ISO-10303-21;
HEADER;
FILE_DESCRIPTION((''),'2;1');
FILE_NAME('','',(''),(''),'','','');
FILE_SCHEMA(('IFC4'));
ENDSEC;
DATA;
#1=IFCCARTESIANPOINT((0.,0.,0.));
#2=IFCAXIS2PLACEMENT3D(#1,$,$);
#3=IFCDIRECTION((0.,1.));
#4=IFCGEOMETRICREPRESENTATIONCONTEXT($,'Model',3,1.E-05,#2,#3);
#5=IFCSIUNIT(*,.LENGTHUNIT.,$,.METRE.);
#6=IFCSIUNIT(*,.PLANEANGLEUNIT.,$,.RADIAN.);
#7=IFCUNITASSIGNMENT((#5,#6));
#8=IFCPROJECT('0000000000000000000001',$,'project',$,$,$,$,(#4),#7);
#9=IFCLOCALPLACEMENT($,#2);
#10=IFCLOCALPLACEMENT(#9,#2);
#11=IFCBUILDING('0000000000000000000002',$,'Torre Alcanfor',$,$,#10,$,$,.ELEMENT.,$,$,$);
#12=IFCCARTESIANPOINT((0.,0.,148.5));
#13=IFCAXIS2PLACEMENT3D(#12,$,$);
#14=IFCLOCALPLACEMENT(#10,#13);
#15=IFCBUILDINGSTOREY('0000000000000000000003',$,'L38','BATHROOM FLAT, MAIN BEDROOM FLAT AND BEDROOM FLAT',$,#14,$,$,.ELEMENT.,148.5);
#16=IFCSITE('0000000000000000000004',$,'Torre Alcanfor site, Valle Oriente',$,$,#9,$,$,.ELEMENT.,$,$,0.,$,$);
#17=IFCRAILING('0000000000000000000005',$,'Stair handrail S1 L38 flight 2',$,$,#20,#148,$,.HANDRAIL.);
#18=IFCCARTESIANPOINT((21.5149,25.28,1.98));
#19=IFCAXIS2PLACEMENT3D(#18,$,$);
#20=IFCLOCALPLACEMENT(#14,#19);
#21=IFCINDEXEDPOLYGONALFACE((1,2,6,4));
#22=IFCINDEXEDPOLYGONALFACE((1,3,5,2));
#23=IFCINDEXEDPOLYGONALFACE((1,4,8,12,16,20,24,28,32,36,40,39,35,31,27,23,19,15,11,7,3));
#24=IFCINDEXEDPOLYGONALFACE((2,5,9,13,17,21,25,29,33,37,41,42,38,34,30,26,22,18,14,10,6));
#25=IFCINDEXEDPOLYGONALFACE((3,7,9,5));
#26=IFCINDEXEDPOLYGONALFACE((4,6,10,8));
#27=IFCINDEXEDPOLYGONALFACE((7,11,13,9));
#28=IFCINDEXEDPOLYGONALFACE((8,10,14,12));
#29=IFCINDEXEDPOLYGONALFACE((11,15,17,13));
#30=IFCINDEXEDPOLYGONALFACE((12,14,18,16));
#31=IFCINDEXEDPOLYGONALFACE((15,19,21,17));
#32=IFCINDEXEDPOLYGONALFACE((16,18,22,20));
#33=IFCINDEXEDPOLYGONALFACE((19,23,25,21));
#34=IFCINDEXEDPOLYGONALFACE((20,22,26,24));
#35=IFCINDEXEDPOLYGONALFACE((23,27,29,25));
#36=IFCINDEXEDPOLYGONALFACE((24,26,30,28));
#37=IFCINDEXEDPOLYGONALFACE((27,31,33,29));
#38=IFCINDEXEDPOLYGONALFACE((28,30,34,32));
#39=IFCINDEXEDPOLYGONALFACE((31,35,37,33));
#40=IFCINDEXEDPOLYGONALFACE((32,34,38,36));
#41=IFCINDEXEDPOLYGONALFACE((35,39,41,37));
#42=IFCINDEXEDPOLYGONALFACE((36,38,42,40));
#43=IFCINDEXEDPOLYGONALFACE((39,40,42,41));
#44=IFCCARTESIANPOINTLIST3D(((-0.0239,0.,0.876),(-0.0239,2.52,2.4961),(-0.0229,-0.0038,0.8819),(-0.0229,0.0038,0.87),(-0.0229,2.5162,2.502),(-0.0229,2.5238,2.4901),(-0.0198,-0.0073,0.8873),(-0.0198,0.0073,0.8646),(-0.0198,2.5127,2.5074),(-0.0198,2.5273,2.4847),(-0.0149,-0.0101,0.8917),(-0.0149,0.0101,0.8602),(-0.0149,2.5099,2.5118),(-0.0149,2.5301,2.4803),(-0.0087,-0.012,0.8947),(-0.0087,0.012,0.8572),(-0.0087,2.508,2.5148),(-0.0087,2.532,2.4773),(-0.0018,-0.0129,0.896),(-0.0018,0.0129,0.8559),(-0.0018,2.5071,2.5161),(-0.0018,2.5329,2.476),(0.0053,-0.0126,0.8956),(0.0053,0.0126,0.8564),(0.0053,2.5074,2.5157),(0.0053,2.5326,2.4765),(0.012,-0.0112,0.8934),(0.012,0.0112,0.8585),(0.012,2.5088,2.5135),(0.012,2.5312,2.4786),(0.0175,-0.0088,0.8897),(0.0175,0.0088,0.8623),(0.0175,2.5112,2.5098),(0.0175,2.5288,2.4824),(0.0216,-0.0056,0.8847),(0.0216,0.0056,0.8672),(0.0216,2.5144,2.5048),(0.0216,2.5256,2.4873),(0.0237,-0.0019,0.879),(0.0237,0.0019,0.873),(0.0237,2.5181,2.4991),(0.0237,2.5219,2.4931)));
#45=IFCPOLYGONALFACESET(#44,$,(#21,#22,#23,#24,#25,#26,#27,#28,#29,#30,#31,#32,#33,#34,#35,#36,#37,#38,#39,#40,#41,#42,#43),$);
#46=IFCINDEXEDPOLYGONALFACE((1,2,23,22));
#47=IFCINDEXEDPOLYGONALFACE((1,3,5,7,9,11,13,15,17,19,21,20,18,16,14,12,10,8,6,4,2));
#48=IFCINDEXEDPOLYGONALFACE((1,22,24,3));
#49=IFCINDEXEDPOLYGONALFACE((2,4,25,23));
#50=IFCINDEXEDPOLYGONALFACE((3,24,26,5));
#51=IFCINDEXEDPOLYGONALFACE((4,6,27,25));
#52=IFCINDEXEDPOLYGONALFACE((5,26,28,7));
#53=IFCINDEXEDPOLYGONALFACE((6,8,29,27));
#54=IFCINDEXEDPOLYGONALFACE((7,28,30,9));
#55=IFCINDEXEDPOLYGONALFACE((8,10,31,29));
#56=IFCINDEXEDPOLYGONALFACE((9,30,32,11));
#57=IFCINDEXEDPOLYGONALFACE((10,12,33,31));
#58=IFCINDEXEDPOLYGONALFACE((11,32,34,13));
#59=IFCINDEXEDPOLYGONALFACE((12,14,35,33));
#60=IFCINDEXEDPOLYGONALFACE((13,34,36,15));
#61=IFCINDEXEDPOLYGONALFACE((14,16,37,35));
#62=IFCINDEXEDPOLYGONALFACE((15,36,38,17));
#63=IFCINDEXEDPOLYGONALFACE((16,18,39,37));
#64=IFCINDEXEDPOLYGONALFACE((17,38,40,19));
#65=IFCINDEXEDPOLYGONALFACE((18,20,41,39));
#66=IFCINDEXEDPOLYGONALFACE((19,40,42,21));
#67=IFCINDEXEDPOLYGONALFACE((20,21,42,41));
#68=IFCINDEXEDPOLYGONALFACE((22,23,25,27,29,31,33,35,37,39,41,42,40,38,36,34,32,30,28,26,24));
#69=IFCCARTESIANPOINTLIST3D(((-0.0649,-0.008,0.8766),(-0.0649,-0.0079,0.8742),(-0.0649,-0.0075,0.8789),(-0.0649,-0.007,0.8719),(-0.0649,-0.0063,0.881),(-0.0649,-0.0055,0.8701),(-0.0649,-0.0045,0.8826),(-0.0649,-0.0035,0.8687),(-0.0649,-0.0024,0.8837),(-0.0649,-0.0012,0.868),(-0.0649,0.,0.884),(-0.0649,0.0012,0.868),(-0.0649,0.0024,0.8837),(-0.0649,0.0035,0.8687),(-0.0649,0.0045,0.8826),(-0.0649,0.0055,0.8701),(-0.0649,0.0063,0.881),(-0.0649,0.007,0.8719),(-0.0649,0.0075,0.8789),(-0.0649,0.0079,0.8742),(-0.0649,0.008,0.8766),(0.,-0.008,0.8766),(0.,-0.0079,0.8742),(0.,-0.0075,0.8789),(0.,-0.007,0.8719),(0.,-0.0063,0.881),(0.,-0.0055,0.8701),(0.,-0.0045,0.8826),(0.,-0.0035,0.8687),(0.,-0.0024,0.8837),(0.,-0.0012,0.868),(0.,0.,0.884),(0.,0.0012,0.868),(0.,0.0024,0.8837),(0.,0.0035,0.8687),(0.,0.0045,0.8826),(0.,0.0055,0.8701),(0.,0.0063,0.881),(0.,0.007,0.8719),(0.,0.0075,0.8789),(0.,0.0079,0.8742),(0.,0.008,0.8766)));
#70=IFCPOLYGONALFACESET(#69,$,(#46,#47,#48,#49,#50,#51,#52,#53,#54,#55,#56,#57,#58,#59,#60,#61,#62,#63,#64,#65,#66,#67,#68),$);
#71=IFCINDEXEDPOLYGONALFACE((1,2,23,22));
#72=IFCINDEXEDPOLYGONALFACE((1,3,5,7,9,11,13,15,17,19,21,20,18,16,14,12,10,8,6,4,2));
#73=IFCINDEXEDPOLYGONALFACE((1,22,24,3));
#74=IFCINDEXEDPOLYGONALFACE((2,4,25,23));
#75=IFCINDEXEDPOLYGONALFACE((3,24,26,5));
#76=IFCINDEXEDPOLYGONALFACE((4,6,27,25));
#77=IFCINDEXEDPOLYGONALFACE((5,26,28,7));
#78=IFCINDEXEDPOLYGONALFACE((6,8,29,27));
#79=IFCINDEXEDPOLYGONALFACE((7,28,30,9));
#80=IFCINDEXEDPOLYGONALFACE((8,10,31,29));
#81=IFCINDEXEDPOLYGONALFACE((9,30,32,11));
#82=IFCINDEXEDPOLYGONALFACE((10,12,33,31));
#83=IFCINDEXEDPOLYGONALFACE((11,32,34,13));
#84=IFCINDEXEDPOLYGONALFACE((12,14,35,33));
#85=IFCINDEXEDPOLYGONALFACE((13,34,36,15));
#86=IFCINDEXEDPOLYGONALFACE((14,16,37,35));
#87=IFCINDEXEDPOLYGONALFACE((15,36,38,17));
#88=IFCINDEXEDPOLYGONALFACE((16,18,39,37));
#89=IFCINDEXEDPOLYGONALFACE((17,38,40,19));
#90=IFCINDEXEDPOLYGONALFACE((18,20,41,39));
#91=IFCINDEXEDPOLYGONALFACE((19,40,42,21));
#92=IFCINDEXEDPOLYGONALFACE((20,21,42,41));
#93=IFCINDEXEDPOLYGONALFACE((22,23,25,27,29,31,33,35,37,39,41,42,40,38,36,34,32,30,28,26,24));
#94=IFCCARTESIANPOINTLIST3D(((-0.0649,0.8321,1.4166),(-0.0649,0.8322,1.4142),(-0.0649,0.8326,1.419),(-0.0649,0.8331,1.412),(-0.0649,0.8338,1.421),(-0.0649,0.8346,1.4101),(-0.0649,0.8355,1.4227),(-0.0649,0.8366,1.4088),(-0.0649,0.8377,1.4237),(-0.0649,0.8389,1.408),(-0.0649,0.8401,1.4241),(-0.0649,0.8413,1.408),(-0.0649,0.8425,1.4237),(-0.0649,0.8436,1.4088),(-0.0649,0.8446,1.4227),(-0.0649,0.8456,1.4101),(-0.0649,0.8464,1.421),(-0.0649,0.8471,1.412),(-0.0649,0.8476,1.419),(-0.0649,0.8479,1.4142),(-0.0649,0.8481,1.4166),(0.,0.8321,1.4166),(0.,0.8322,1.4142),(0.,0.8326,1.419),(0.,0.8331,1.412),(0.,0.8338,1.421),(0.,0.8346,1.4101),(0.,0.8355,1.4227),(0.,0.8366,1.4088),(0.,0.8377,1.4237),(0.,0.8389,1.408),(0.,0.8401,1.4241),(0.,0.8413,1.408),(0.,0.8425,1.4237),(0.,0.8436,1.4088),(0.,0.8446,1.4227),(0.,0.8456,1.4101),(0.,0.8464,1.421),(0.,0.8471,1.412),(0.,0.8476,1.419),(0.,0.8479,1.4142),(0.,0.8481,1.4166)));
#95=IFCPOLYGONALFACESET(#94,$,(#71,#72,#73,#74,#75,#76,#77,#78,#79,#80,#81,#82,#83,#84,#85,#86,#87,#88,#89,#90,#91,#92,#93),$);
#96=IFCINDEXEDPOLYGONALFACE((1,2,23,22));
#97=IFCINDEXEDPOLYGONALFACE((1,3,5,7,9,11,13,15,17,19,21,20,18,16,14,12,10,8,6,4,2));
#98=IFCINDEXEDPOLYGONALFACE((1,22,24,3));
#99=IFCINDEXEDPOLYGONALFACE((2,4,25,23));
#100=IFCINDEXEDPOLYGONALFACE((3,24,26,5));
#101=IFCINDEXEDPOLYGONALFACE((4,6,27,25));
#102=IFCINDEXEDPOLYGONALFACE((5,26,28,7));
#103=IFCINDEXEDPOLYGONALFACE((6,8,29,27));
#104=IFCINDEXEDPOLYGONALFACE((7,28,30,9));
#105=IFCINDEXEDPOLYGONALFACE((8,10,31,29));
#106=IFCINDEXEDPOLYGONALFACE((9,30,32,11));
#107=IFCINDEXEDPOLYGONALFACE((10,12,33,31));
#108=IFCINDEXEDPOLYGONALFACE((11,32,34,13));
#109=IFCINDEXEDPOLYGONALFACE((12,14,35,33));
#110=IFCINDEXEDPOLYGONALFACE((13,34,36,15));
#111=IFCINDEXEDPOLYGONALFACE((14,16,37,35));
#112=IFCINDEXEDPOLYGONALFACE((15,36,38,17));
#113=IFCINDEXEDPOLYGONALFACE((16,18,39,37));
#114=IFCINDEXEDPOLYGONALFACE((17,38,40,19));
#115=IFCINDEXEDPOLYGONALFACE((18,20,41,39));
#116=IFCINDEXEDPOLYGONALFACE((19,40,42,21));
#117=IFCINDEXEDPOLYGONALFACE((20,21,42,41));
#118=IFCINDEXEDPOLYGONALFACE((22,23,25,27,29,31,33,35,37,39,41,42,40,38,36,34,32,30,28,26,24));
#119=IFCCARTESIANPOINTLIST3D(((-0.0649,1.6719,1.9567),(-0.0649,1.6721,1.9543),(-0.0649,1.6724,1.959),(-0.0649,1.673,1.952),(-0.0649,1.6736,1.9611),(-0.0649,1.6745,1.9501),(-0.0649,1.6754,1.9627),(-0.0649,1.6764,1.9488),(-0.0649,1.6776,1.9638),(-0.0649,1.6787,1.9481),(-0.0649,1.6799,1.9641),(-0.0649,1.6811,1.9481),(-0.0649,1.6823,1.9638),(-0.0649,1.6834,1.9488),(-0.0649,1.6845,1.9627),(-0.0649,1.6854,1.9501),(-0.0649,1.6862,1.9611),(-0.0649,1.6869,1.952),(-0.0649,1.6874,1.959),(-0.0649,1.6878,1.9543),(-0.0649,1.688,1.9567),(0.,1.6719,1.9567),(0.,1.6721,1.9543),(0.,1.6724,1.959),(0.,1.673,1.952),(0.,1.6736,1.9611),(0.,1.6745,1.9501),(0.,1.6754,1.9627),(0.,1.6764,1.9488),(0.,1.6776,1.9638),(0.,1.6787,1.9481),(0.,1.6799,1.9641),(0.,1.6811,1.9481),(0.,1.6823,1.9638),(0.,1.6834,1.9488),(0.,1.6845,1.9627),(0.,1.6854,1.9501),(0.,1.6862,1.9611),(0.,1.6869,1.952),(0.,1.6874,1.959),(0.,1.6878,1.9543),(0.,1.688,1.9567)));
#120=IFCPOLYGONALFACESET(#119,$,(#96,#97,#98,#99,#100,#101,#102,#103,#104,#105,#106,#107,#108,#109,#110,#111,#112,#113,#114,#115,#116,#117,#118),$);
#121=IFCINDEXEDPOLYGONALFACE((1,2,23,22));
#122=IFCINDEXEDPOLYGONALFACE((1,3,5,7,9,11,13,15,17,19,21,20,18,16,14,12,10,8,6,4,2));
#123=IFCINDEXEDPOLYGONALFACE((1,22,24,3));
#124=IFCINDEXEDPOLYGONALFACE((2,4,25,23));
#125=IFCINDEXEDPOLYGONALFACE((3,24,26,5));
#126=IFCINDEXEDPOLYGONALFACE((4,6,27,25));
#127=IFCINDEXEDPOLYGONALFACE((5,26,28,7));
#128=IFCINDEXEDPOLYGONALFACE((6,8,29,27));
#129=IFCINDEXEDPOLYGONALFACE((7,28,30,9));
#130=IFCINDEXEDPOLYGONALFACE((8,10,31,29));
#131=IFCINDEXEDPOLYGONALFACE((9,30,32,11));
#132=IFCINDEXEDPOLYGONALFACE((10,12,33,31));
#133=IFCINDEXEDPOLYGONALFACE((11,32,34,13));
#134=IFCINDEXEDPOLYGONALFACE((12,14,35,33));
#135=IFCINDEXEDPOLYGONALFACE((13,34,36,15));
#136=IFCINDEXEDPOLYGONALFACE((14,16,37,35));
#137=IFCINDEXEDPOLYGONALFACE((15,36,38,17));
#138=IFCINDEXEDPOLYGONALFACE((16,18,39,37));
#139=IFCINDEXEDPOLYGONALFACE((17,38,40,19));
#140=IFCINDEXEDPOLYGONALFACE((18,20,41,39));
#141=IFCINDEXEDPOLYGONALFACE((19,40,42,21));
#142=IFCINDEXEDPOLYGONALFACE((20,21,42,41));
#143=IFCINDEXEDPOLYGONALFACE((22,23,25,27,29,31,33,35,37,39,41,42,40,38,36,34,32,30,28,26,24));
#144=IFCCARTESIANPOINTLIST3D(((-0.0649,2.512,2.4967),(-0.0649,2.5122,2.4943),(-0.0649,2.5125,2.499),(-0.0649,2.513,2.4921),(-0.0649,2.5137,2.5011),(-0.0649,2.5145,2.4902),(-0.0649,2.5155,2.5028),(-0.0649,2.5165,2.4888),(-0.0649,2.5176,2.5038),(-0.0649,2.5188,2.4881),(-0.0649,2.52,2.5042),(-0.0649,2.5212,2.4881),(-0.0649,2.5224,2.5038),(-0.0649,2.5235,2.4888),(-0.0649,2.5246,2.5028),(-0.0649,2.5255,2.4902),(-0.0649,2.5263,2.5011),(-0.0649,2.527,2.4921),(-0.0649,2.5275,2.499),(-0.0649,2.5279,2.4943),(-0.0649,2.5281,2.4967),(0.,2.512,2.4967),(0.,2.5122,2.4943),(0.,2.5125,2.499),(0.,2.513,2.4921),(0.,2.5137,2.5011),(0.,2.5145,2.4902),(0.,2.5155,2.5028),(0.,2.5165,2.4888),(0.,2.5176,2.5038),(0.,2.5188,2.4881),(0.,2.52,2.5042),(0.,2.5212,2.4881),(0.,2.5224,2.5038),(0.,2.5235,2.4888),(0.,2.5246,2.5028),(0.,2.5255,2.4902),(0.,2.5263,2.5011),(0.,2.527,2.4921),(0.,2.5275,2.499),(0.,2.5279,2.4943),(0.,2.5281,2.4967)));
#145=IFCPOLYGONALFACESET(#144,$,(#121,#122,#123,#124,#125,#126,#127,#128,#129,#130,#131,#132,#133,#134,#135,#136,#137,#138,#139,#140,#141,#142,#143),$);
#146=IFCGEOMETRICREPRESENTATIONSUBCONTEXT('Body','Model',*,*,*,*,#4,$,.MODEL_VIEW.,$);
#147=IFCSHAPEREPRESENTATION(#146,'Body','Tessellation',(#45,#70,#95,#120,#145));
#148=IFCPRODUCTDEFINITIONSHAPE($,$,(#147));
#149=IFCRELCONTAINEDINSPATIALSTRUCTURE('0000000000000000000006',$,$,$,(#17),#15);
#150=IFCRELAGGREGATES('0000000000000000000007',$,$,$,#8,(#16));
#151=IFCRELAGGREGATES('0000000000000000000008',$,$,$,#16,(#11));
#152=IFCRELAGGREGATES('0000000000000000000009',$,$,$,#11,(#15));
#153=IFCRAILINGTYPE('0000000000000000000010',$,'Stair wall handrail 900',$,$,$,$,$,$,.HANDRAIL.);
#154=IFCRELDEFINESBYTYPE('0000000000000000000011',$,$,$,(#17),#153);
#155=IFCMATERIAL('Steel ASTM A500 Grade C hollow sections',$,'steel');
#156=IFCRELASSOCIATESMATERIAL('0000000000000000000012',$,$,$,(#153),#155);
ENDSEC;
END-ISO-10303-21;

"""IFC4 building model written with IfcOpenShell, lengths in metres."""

from ifc_helpers import new_model, si_unit, direction, frame, origin, origin_2d, place, context, subcontext, project, spatial, circle, extrude, material, type_object, element, save


model = new_model("IFC4")

# Units and contexts
model_context = context("Model", 3, precision=1e-05, world=origin(), true_north=direction((0.0, 1.0)))
body_context = subcontext(model_context, "Body", "Model", "MODEL_VIEW")
ifc_project = project(units=[si_unit("LENGTHUNIT", "METRE"), si_unit("PLANEANGLEUNIT", "RADIAN")], contexts=[model_context])

# Site, building, storey
site_placement = place(None, origin())
site = spatial("IfcSite", under=ifc_project, at=site_placement, Name="Torre Alcanfor site, Valle Oriente", CompositionType="ELEMENT", RefElevation=0.0)
building_placement = place(site_placement, origin())
building = spatial("IfcBuilding", under=site, at=building_placement, Name="Torre Alcanfor", CompositionType="ELEMENT")
storey_placement = place(building_placement, frame((0.0, 0.0, 148.5)))
storey = spatial("IfcBuildingStorey", under=building, at=storey_placement, Name="L38", Description="BATHROOM FLAT, MAIN BEDROOM FLAT AND BEDROOM FLAT", CompositionType="ELEMENT", Elevation=148.5)

# Railing
ifc_material_1 = material(Name="Steel ASTM A500 Grade C hollow sections", Category="steel")
railing_type = type_object("IfcRailingType", Name="Stair wall handrail 900", PredefinedType="HANDRAIL", material=ifc_material_1)
railing_placement = place(storey_placement, frame((21.5149, 25.28, 1.98)))
element("IfcRailing", 1, at=railing_placement, inside=storey, type_object=railing_type, Name="Stair handrail S1 L38 flight 2", PredefinedType="HANDRAIL", context=body_context, shape_type="SweptSolid", body=[
    extrude(circle(Radius=0.0239, at=origin_2d()), frame((0.0, 0.0, 0.876), z_axis=(0.0, 0.841163, 0.540782), x_axis=(-1.0, 0.0, 0.0)), (0.0, 0.0, 1.0), 2.9958),
    extrude(circle(Radius=0.0081, at=origin_2d()), frame((0.0, 0.0, 0.876), z_axis=(-1.0, 0.0, 0.0), x_axis=(0.0, 0.0, 1.0)), (0.0, 0.0, 1.0), 0.0649),
    extrude(circle(Radius=0.0081, at=origin_2d()), frame((0.0, 0.8401, 1.416), z_axis=(-1.0, 0.0, 0.0), x_axis=(0.0, 0.0, 1.0)), (0.0, 0.0, 1.0), 0.0649),
    extrude(circle(Radius=0.0081, at=origin_2d()), frame((0.0, 1.6799, 1.9561), z_axis=(-1.0, 0.0, 0.0), x_axis=(0.0, 0.0, 1.0)), (0.0, 0.0, 1.0), 0.0649),
    extrude(circle(Radius=0.0081, at=origin_2d()), frame((0.0, 2.52, 2.4961), z_axis=(-1.0, 0.0, 0.0), x_axis=(0.0, 0.0, 1.0)), (0.0, 0.0, 1.0), 0.0649),
])

save(model, "model.ifc")
